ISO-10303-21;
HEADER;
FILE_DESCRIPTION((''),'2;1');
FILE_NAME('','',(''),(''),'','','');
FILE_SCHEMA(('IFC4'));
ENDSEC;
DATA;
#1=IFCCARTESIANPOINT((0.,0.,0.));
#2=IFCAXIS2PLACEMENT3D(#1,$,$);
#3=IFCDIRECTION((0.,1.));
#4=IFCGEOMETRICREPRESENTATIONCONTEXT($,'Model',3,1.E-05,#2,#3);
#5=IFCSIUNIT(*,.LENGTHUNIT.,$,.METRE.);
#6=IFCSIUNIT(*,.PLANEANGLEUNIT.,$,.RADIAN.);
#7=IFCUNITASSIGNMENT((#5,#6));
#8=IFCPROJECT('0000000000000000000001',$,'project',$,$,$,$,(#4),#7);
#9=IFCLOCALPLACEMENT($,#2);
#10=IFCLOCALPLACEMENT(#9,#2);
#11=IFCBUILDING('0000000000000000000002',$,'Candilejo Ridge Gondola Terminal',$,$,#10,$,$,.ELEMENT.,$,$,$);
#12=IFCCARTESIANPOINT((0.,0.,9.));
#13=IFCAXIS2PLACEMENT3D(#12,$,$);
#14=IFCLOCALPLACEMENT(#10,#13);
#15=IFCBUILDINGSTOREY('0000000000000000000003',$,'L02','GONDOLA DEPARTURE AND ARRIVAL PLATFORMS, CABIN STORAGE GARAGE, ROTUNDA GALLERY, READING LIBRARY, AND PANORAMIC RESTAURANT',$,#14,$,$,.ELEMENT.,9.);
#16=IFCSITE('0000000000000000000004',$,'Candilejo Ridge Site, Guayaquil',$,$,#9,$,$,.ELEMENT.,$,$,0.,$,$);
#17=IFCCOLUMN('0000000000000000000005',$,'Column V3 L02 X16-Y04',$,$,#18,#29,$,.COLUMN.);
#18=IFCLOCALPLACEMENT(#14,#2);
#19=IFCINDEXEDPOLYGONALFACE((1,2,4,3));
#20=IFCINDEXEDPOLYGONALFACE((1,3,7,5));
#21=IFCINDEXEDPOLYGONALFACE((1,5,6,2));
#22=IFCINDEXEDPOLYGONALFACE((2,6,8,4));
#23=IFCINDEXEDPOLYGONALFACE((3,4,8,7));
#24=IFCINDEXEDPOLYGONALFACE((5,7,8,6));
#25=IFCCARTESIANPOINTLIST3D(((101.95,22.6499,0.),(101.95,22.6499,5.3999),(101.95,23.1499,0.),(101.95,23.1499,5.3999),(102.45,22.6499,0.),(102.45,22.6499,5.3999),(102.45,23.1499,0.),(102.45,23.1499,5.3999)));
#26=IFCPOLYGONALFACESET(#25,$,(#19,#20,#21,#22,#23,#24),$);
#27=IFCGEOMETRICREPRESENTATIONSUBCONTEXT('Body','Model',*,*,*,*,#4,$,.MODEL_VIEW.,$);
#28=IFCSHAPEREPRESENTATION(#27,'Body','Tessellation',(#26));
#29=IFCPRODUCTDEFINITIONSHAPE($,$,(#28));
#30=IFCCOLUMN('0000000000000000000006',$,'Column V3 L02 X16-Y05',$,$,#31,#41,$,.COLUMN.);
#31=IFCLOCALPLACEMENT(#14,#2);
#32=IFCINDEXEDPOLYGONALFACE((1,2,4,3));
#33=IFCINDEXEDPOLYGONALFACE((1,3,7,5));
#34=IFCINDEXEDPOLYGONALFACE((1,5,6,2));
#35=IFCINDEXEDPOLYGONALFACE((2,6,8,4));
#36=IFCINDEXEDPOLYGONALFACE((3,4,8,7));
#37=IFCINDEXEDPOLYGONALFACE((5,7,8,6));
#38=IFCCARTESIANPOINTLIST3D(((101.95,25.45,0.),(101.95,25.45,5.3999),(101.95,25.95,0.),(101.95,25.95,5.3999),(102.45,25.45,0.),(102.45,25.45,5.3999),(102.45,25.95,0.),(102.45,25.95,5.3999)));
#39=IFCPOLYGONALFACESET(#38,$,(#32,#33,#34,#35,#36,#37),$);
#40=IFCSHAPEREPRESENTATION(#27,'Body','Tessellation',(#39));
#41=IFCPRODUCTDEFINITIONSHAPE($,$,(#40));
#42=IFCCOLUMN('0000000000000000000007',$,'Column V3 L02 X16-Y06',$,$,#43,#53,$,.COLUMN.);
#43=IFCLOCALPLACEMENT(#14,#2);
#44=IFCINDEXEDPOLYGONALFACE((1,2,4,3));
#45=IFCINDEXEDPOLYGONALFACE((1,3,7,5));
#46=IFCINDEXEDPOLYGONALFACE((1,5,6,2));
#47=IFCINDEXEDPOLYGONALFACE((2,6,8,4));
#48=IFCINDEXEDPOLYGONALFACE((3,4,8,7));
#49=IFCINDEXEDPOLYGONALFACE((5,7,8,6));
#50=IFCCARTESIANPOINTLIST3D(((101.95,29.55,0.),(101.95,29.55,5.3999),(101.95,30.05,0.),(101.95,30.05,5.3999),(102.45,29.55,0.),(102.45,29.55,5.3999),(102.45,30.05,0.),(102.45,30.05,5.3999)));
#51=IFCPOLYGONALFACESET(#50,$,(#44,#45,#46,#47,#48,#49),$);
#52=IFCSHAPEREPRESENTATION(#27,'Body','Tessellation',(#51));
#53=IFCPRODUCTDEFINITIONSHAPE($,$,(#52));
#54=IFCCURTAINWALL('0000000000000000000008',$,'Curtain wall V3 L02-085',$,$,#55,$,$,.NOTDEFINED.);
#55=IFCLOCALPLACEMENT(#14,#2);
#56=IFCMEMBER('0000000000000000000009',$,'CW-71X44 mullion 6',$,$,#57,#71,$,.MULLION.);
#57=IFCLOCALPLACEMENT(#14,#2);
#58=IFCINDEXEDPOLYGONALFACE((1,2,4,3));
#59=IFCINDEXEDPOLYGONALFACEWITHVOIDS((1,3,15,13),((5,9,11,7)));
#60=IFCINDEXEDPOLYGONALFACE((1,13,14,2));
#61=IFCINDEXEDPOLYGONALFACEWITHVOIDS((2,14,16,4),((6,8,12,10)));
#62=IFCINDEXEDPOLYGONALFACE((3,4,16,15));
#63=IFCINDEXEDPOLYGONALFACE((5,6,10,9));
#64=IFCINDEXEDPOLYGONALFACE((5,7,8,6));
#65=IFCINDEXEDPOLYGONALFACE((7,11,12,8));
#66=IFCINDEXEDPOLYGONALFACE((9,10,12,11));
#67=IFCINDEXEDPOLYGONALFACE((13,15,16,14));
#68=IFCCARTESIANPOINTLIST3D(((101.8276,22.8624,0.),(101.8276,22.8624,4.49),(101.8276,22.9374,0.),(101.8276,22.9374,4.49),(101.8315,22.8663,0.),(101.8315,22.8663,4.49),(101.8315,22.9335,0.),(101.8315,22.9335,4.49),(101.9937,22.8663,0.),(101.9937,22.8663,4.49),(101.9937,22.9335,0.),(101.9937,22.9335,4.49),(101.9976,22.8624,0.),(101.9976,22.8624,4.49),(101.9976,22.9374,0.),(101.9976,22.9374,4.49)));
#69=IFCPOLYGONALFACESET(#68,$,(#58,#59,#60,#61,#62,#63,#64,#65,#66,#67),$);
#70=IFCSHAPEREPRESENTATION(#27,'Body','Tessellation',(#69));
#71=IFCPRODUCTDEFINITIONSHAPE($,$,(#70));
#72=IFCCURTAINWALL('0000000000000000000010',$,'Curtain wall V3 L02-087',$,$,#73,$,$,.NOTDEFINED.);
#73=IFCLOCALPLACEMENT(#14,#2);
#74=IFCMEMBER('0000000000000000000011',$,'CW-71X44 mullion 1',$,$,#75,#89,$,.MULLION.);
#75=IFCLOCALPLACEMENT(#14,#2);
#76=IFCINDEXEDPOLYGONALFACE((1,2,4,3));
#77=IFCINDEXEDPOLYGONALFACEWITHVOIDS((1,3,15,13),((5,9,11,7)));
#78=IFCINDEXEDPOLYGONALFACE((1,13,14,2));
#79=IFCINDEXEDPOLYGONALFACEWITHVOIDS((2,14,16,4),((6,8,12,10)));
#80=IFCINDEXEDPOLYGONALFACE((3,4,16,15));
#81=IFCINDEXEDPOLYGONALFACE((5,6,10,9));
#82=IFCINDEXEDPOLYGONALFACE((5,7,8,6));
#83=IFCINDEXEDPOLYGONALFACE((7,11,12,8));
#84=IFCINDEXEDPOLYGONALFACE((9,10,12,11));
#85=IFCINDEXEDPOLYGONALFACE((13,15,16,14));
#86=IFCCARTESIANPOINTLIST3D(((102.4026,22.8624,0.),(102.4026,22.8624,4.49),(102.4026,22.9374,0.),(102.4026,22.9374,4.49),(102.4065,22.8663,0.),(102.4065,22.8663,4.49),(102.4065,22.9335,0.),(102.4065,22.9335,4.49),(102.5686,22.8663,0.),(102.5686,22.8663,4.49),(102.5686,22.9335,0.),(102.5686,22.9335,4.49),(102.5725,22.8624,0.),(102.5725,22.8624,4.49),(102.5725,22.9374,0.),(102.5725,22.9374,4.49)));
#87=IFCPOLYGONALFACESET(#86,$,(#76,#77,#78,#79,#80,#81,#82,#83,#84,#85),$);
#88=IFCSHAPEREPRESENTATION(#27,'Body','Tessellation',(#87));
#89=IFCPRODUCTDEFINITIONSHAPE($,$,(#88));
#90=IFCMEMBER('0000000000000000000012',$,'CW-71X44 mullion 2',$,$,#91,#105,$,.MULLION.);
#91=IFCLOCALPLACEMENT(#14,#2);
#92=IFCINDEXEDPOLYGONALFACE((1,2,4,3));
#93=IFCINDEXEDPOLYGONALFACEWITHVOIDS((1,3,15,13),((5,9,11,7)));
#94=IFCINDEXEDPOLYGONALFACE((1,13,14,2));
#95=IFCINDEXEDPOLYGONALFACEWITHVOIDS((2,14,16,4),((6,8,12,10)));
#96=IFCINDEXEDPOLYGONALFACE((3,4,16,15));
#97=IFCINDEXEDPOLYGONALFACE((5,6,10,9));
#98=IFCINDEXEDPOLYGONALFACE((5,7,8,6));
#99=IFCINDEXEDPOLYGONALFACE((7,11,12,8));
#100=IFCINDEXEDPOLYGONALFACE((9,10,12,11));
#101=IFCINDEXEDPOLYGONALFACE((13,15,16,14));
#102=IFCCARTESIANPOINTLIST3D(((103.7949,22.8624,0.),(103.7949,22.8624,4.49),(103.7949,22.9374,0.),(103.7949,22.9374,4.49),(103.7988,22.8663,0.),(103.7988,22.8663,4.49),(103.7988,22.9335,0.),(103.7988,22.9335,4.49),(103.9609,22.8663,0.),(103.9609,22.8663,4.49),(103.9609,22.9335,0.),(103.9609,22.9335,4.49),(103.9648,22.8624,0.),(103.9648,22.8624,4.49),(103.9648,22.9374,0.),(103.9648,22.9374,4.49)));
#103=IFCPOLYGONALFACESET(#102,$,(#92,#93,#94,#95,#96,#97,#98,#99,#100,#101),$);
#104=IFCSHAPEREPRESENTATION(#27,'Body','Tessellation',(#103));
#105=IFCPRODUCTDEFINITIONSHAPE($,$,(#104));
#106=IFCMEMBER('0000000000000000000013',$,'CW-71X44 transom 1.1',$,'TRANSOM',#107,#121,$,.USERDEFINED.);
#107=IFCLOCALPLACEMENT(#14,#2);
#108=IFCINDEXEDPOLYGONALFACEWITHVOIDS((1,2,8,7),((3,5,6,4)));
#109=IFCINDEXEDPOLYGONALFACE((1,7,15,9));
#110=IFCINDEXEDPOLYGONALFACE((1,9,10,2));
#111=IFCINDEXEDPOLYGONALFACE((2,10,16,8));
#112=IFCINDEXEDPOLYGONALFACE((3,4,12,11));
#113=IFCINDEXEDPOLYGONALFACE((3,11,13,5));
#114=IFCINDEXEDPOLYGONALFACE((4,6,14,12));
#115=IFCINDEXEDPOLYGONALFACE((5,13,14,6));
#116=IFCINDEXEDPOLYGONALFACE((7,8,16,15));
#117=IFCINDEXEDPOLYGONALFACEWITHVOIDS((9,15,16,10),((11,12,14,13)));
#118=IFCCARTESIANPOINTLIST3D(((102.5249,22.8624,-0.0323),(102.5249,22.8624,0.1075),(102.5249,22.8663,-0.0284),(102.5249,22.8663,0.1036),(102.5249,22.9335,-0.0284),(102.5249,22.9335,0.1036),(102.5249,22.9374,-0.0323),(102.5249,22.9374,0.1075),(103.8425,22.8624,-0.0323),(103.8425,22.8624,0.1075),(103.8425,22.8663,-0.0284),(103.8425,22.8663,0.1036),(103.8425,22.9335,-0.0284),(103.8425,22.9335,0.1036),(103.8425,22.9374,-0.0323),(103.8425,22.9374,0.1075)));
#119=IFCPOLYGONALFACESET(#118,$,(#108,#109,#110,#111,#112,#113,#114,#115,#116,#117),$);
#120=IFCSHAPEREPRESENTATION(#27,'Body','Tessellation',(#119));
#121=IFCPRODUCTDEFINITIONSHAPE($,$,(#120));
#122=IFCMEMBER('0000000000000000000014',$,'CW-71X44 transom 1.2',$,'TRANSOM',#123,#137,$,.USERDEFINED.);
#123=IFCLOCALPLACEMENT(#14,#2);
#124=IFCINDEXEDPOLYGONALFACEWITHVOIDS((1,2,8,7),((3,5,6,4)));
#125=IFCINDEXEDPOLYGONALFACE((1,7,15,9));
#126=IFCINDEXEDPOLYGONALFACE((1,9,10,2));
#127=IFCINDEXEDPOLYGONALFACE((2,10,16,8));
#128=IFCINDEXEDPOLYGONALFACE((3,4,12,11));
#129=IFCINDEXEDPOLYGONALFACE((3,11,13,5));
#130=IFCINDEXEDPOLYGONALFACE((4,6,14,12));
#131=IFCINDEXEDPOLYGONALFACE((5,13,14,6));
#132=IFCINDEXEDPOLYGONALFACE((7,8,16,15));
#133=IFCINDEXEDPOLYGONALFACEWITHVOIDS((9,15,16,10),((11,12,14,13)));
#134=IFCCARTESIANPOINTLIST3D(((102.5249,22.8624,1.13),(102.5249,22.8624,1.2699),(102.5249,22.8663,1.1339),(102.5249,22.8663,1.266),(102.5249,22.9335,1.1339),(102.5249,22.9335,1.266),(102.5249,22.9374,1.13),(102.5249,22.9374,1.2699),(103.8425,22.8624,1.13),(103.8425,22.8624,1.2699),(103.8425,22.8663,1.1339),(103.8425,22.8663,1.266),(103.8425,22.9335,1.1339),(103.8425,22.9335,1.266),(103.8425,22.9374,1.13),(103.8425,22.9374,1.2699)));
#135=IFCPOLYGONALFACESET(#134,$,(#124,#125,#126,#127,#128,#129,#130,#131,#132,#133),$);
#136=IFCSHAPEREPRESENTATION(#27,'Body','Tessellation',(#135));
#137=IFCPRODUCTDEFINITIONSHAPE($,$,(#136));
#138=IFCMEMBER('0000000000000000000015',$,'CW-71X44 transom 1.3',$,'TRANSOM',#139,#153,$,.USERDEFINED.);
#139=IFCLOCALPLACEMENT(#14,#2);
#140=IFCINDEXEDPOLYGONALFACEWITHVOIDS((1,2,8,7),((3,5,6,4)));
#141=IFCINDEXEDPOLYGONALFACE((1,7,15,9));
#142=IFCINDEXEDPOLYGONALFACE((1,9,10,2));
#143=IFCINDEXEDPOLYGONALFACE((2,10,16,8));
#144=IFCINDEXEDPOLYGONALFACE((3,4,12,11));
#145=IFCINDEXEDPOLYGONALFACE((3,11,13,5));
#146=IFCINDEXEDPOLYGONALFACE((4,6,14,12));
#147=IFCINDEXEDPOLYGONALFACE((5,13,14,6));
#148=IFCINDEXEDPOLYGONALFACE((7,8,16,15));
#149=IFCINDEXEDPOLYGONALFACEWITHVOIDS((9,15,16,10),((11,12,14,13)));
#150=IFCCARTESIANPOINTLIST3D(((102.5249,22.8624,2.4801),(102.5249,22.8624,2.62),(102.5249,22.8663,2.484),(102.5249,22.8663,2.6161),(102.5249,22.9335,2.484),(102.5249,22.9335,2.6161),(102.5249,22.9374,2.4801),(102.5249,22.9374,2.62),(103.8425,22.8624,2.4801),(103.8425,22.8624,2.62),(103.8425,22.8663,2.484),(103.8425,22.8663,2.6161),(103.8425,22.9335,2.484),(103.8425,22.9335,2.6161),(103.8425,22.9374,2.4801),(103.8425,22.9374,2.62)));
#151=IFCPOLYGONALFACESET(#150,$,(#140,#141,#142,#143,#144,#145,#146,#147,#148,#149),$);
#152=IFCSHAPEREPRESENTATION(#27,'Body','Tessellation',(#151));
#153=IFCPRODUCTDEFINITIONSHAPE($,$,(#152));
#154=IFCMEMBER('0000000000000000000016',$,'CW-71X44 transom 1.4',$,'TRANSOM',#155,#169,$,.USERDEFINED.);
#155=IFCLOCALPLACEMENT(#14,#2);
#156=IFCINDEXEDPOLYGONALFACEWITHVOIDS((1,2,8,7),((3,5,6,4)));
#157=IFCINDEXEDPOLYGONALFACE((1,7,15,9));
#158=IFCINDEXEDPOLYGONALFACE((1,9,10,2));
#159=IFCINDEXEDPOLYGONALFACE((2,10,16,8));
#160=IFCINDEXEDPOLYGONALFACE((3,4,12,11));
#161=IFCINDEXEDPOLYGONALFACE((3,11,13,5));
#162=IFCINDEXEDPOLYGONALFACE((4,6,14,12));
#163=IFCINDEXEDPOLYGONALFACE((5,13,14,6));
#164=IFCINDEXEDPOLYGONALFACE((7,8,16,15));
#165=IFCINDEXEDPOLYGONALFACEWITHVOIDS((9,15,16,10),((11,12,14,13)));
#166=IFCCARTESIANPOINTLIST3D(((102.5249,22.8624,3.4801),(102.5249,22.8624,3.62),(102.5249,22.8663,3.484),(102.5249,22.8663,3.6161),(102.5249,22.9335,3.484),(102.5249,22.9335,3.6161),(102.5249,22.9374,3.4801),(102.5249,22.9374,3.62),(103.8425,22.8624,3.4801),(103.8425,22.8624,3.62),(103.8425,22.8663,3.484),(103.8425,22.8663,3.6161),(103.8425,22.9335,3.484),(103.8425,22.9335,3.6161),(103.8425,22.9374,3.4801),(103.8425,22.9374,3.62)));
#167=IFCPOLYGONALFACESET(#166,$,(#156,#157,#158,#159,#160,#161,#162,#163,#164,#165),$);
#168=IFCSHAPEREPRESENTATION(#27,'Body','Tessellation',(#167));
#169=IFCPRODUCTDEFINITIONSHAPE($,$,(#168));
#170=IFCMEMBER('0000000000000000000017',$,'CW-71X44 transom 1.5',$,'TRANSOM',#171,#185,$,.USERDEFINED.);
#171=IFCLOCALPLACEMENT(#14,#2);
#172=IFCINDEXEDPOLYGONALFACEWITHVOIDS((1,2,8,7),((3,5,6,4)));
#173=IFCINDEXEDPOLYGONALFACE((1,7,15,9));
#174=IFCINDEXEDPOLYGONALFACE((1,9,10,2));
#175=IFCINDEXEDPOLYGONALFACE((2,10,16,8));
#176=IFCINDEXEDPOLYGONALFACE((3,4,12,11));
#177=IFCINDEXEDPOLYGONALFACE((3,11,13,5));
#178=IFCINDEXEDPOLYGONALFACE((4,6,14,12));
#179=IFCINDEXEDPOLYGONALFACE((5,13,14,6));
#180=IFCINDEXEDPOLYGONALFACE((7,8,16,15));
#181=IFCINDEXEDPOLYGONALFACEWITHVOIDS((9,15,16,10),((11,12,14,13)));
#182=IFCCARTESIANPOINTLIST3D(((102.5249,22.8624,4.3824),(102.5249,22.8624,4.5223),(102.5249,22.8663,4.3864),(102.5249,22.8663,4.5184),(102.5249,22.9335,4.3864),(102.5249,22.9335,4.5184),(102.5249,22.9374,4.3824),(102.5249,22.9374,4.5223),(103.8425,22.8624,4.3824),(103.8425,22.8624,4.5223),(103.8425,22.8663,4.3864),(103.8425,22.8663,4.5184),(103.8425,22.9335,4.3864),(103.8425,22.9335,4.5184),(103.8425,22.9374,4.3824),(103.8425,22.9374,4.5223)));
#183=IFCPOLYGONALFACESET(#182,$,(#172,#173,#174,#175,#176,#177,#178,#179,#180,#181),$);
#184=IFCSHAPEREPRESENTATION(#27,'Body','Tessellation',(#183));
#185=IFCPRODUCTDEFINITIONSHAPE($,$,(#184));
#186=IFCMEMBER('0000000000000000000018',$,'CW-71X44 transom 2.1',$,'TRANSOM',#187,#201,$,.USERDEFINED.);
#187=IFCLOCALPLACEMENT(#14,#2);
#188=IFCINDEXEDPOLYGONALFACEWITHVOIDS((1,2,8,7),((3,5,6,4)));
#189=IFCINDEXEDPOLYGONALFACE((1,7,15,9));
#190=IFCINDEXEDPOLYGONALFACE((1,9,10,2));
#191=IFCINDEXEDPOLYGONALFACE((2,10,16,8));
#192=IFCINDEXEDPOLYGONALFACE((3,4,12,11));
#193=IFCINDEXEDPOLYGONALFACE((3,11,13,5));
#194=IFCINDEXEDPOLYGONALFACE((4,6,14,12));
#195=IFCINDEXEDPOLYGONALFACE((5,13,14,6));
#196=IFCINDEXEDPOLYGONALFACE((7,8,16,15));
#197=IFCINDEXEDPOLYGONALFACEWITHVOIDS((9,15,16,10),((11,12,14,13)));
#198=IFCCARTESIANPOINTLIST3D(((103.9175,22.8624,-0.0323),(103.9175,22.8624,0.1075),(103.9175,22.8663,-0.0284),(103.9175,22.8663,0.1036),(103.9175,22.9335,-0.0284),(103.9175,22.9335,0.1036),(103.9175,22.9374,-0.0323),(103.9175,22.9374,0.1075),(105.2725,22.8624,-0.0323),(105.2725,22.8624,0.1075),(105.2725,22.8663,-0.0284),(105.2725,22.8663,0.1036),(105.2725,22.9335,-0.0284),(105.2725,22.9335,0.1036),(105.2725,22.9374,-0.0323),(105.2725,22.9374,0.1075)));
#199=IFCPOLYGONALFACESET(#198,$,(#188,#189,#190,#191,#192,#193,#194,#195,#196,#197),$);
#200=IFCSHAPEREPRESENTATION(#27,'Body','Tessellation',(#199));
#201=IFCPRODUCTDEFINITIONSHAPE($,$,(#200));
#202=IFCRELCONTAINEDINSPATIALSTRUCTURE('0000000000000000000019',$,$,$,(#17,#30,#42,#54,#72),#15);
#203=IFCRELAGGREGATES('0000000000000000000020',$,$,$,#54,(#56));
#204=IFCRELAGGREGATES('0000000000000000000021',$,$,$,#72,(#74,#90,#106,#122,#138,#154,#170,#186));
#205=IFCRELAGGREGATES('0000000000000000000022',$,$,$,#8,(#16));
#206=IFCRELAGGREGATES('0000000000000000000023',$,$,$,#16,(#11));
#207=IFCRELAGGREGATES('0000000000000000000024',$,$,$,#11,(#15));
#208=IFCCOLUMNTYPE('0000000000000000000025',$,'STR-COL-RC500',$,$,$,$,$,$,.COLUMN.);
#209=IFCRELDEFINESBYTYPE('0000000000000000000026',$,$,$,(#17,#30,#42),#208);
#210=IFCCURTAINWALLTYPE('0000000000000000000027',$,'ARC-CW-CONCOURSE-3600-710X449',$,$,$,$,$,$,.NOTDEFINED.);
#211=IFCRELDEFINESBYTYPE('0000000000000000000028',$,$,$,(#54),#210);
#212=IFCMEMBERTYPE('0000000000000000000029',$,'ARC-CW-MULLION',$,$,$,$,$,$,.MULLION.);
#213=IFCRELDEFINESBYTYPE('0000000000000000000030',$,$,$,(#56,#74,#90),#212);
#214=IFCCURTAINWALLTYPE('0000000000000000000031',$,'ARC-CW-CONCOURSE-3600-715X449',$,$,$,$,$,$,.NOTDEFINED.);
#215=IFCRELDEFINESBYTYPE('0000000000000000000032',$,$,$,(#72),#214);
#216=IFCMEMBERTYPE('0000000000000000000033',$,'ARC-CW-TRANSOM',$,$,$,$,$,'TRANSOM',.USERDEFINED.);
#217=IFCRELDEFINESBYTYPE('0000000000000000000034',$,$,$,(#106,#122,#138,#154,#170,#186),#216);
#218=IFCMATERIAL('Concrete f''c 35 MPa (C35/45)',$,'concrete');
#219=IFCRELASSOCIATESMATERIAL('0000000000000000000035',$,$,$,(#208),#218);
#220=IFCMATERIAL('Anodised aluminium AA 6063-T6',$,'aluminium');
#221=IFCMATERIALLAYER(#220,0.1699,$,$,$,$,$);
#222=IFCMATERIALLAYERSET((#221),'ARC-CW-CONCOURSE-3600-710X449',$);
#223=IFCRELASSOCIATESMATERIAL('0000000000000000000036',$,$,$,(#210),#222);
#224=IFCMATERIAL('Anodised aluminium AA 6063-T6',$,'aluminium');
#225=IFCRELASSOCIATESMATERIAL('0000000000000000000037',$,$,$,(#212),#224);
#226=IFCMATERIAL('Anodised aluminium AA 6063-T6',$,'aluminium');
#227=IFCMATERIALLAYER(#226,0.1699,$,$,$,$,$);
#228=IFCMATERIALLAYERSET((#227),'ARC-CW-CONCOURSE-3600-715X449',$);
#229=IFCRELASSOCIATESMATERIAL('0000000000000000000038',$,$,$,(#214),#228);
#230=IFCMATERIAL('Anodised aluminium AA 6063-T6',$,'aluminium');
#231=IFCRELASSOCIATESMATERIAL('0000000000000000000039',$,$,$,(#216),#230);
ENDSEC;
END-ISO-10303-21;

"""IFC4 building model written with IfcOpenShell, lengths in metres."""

from ifc_helpers import new_model, si_unit, direction, frame, origin, origin_2d, place, context, subcontext, project, spatial, rectangle, hollow_rectangle, extrude, material, layer, layer_set, material_profile, profile_set, type_object, element, aggregate, save


model = new_model("IFC4")

# Units and contexts
model_context = context("Model", 3, precision=1e-05, world=origin(), true_north=direction((0.0, 1.0)))
body_context = subcontext(model_context, "Body", "Model", "MODEL_VIEW")
ifc_project = project(units=[si_unit("LENGTHUNIT", "METRE"), si_unit("PLANEANGLEUNIT", "RADIAN")], contexts=[model_context])

# Site, building, storey
site_placement = place(None, origin())
site = spatial("IfcSite", under=ifc_project, at=site_placement, Name="Candilejo Ridge Site, Guayaquil", CompositionType="ELEMENT", RefElevation=0.0)
building_placement = place(site_placement, origin())
building = spatial("IfcBuilding", under=site, at=building_placement, Name="Candilejo Ridge Gondola Terminal", CompositionType="ELEMENT")
storey_placement = place(building_placement, frame((0.0, 0.0, 9.0)))
storey = spatial("IfcBuildingStorey", under=building, at=storey_placement, Name="L02", Description="GONDOLA DEPARTURE AND ARRIVAL PLATFORMS, CABIN STORAGE GARAGE, ROTUNDA GALLERY, READING LIBRARY, AND PANORAMIC RESTAURANT", CompositionType="ELEMENT", Elevation=9.0)

# Columns
ifc_material_1 = material(Name="Concrete f'c 35 MPa (C35/45)", Category="concrete")
ifc_material_profile_1 = material_profile(ifc_material_1, rectangle(XDim=0.5, YDim=0.5, at=origin_2d()))
ifc_profile_set_1 = profile_set([ifc_material_profile_1], Name="Concrete f'c 35 MPa (C35/45)")
column_type = type_object("IfcColumnType", Name="STR-COL-RC500", PredefinedType="COLUMN", material=ifc_profile_set_1)
for number, where, z_axis, x_axis, name in (
    (1, (102.2, 22.8999, 0.0), (0.0, 0.0, 1.0), (1.0, 0.0, 0.0), "Column V3 L02 X16-Y04"),
    (2, (102.2, 25.7, 0.0), (0.0, 0.0, 1.0), (1.0, 0.0, 0.0), "Column V3 L02 X16-Y05"),
    (3, (102.2, 29.8, 0.0), (0.0, 0.0, 1.0), (1.0, 0.0, 0.0), "Column V3 L02 X16-Y06"),
):
    element("IfcColumn", number, at=place(storey_placement, frame(where, z_axis=z_axis, x_axis=x_axis)), inside=storey, type_object=column_type, Name=name, PredefinedType="COLUMN", context=body_context, shape_type="SweptSolid", body=[
        extrude(rectangle(XDim=0.5, YDim=0.5, at=origin_2d()), origin(), (0.0, 0.0, 1.0), 5.3999),
    ])

# Curtain wall, member
ifc_material_2 = material(Name="Anodised aluminium AA 6063-T6", Category="aluminium")
ifc_layer_1 = layer(ifc_material_2, 0.1699)
ifc_layer_set_1 = layer_set([ifc_layer_1], Name="ARC-CW-CONCOURSE-3600-710X449")
curtain_wall_type_1 = type_object("IfcCurtainWallType", Name="ARC-CW-CONCOURSE-3600-710X449", PredefinedType="NOTDEFINED", material=ifc_layer_set_1)
curtain_wall_1_placement = place(storey_placement, origin())
curtain_wall_1 = element("IfcCurtainWall", 4, at=curtain_wall_1_placement, inside=storey, type_object=curtain_wall_type_1, Name="Curtain wall V3 L02-085", PredefinedType="NOTDEFINED")
ifc_material_3 = material(Name="Anodised aluminium AA 6063-T6", Category="aluminium")
ifc_material_profile_2 = material_profile(ifc_material_3, hollow_rectangle(XDim=0.075, YDim=0.1699, WallThickness=0.0039, at=origin_2d()))
ifc_profile_set_2 = profile_set([ifc_material_profile_2], Name="Anodised aluminium AA 6063-T6")
member_type_1 = type_object("IfcMemberType", Name="ARC-CW-MULLION", PredefinedType="MULLION", material=ifc_profile_set_2)
member_1_placement = place(storey_placement, frame((101.9126, 22.8999, 0.0), z_axis=(0.0, 0.0, 1.0), x_axis=(0.0, 1.0, 0.0)))
member_1 = element("IfcMember", 5, at=member_1_placement, type_object=member_type_1, Name="CW-71X44 mullion 6", PredefinedType="MULLION", context=body_context, shape_type="SweptSolid", body=[
    extrude(hollow_rectangle(XDim=0.075, YDim=0.1699, WallThickness=0.0039, at=origin_2d()), origin(), (0.0, 0.0, 1.0), 4.49),
])

# Curtain wall, members
ifc_material_4 = material(Name="Anodised aluminium AA 6063-T6", Category="aluminium")
ifc_layer_2 = layer(ifc_material_4, 0.1699)
ifc_layer_set_2 = layer_set([ifc_layer_2], Name="ARC-CW-CONCOURSE-3600-715X449")
curtain_wall_type_2 = type_object("IfcCurtainWallType", Name="ARC-CW-CONCOURSE-3600-715X449", PredefinedType="NOTDEFINED", material=ifc_layer_set_2)
curtain_wall_2_placement = place(storey_placement, origin())
curtain_wall_2 = element("IfcCurtainWall", 6, at=curtain_wall_2_placement, inside=storey, type_object=curtain_wall_type_2, Name="Curtain wall V3 L02-087", PredefinedType="NOTDEFINED")
member_2_placement = place(storey_placement, frame((102.4875, 22.8999, 0.0), z_axis=(0.0, 0.0, 1.0), x_axis=(0.0, 1.0, 0.0)))
member_2 = element("IfcMember", 7, at=member_2_placement, type_object=member_type_1, Name="CW-71X44 mullion 1", PredefinedType="MULLION", context=body_context, shape_type="SweptSolid", body=[
    extrude(hollow_rectangle(XDim=0.075, YDim=0.1699, WallThickness=0.0039, at=origin_2d()), origin(), (0.0, 0.0, 1.0), 4.49),
])
member_3_placement = place(storey_placement, frame((103.8799, 22.8999, 0.0), z_axis=(0.0, 0.0, 1.0), x_axis=(0.0, 1.0, 0.0)))
member_3 = element("IfcMember", 8, at=member_3_placement, type_object=member_type_1, Name="CW-71X44 mullion 2", PredefinedType="MULLION", context=body_context, shape_type="SweptSolid", body=[
    extrude(hollow_rectangle(XDim=0.075, YDim=0.1699, WallThickness=0.0039, at=origin_2d()), origin(), (0.0, 0.0, 1.0), 4.49),
])
ifc_material_5 = material(Name="Anodised aluminium AA 6063-T6", Category="aluminium")
ifc_material_profile_3 = material_profile(ifc_material_5, hollow_rectangle(XDim=0.075, YDim=0.1399, WallThickness=0.0039, at=origin_2d()))
ifc_profile_set_3 = profile_set([ifc_material_profile_3], Name="Anodised aluminium AA 6063-T6")
member_type_2 = type_object("IfcMemberType", Name="ARC-CW-TRANSOM", ElementType="TRANSOM", PredefinedType="USERDEFINED", material=ifc_profile_set_3)
member_4_placement = place(storey_placement, frame((102.5249, 22.8999, 0.0376), z_axis=(1.0, 0.0, 0.0), x_axis=(0.0, 1.0, 0.0)))
member_4 = element("IfcMember", 9, at=member_4_placement, type_object=member_type_2, Name="CW-71X44 transom 1.1", ObjectType="TRANSOM", PredefinedType="USERDEFINED", context=body_context, shape_type="SweptSolid", body=[
    extrude(hollow_rectangle(XDim=0.075, YDim=0.1399, WallThickness=0.0039, at=origin_2d()), origin(), (0.0, 0.0, 1.0), 1.3176),
])
member_5_placement = place(storey_placement, frame((102.5249, 22.8999, 1.2), z_axis=(1.0, 0.0, 0.0), x_axis=(0.0, 1.0, 0.0)))
member_5 = element("IfcMember", 10, at=member_5_placement, type_object=member_type_2, Name="CW-71X44 transom 1.2", ObjectType="TRANSOM", PredefinedType="USERDEFINED", context=body_context, shape_type="SweptSolid", body=[
    extrude(hollow_rectangle(XDim=0.075, YDim=0.1399, WallThickness=0.0039, at=origin_2d()), origin(), (0.0, 0.0, 1.0), 1.3176),
])
member_6_placement = place(storey_placement, frame((102.5249, 22.8999, 2.55), z_axis=(1.0, 0.0, 0.0), x_axis=(0.0, 1.0, 0.0)))
member_6 = element("IfcMember", 11, at=member_6_placement, type_object=member_type_2, Name="CW-71X44 transom 1.3", ObjectType="TRANSOM", PredefinedType="USERDEFINED", context=body_context, shape_type="SweptSolid", body=[
    extrude(hollow_rectangle(XDim=0.075, YDim=0.1399, WallThickness=0.0039, at=origin_2d()), origin(), (0.0, 0.0, 1.0), 1.3176),
])
member_7_placement = place(storey_placement, frame((102.5249, 22.8999, 3.55), z_axis=(1.0, 0.0, 0.0), x_axis=(0.0, 1.0, 0.0)))
member_7 = element("IfcMember", 12, at=member_7_placement, type_object=member_type_2, Name="CW-71X44 transom 1.4", ObjectType="TRANSOM", PredefinedType="USERDEFINED", context=body_context, shape_type="SweptSolid", body=[
    extrude(hollow_rectangle(XDim=0.075, YDim=0.1399, WallThickness=0.0039, at=origin_2d()), origin(), (0.0, 0.0, 1.0), 1.3176),
])
member_8_placement = place(storey_placement, frame((102.5249, 22.8999, 4.4524), z_axis=(1.0, 0.0, 0.0), x_axis=(0.0, 1.0, 0.0)))
member_8 = element("IfcMember", 13, at=member_8_placement, type_object=member_type_2, Name="CW-71X44 transom 1.5", ObjectType="TRANSOM", PredefinedType="USERDEFINED", context=body_context, shape_type="SweptSolid", body=[
    extrude(hollow_rectangle(XDim=0.075, YDim=0.1399, WallThickness=0.0039, at=origin_2d()), origin(), (0.0, 0.0, 1.0), 1.3176),
])
member_9_placement = place(storey_placement, frame((103.9175, 22.8999, 0.0376), z_axis=(1.0, 0.0, 0.0), x_axis=(0.0, 1.0, 0.0)))
member_9 = element("IfcMember", 14, at=member_9_placement, type_object=member_type_2, Name="CW-71X44 transom 2.1", ObjectType="TRANSOM", PredefinedType="USERDEFINED", context=body_context, shape_type="SweptSolid", body=[
    extrude(hollow_rectangle(XDim=0.075, YDim=0.1399, WallThickness=0.0039, at=origin_2d()), origin(), (0.0, 0.0, 1.0), 1.355),
])

aggregate(curtain_wall_1, [member_1])
aggregate(curtain_wall_2, [member_2, member_3, member_4, member_5, member_6, member_7, member_8, member_9])

save(model, "model.ifc")
